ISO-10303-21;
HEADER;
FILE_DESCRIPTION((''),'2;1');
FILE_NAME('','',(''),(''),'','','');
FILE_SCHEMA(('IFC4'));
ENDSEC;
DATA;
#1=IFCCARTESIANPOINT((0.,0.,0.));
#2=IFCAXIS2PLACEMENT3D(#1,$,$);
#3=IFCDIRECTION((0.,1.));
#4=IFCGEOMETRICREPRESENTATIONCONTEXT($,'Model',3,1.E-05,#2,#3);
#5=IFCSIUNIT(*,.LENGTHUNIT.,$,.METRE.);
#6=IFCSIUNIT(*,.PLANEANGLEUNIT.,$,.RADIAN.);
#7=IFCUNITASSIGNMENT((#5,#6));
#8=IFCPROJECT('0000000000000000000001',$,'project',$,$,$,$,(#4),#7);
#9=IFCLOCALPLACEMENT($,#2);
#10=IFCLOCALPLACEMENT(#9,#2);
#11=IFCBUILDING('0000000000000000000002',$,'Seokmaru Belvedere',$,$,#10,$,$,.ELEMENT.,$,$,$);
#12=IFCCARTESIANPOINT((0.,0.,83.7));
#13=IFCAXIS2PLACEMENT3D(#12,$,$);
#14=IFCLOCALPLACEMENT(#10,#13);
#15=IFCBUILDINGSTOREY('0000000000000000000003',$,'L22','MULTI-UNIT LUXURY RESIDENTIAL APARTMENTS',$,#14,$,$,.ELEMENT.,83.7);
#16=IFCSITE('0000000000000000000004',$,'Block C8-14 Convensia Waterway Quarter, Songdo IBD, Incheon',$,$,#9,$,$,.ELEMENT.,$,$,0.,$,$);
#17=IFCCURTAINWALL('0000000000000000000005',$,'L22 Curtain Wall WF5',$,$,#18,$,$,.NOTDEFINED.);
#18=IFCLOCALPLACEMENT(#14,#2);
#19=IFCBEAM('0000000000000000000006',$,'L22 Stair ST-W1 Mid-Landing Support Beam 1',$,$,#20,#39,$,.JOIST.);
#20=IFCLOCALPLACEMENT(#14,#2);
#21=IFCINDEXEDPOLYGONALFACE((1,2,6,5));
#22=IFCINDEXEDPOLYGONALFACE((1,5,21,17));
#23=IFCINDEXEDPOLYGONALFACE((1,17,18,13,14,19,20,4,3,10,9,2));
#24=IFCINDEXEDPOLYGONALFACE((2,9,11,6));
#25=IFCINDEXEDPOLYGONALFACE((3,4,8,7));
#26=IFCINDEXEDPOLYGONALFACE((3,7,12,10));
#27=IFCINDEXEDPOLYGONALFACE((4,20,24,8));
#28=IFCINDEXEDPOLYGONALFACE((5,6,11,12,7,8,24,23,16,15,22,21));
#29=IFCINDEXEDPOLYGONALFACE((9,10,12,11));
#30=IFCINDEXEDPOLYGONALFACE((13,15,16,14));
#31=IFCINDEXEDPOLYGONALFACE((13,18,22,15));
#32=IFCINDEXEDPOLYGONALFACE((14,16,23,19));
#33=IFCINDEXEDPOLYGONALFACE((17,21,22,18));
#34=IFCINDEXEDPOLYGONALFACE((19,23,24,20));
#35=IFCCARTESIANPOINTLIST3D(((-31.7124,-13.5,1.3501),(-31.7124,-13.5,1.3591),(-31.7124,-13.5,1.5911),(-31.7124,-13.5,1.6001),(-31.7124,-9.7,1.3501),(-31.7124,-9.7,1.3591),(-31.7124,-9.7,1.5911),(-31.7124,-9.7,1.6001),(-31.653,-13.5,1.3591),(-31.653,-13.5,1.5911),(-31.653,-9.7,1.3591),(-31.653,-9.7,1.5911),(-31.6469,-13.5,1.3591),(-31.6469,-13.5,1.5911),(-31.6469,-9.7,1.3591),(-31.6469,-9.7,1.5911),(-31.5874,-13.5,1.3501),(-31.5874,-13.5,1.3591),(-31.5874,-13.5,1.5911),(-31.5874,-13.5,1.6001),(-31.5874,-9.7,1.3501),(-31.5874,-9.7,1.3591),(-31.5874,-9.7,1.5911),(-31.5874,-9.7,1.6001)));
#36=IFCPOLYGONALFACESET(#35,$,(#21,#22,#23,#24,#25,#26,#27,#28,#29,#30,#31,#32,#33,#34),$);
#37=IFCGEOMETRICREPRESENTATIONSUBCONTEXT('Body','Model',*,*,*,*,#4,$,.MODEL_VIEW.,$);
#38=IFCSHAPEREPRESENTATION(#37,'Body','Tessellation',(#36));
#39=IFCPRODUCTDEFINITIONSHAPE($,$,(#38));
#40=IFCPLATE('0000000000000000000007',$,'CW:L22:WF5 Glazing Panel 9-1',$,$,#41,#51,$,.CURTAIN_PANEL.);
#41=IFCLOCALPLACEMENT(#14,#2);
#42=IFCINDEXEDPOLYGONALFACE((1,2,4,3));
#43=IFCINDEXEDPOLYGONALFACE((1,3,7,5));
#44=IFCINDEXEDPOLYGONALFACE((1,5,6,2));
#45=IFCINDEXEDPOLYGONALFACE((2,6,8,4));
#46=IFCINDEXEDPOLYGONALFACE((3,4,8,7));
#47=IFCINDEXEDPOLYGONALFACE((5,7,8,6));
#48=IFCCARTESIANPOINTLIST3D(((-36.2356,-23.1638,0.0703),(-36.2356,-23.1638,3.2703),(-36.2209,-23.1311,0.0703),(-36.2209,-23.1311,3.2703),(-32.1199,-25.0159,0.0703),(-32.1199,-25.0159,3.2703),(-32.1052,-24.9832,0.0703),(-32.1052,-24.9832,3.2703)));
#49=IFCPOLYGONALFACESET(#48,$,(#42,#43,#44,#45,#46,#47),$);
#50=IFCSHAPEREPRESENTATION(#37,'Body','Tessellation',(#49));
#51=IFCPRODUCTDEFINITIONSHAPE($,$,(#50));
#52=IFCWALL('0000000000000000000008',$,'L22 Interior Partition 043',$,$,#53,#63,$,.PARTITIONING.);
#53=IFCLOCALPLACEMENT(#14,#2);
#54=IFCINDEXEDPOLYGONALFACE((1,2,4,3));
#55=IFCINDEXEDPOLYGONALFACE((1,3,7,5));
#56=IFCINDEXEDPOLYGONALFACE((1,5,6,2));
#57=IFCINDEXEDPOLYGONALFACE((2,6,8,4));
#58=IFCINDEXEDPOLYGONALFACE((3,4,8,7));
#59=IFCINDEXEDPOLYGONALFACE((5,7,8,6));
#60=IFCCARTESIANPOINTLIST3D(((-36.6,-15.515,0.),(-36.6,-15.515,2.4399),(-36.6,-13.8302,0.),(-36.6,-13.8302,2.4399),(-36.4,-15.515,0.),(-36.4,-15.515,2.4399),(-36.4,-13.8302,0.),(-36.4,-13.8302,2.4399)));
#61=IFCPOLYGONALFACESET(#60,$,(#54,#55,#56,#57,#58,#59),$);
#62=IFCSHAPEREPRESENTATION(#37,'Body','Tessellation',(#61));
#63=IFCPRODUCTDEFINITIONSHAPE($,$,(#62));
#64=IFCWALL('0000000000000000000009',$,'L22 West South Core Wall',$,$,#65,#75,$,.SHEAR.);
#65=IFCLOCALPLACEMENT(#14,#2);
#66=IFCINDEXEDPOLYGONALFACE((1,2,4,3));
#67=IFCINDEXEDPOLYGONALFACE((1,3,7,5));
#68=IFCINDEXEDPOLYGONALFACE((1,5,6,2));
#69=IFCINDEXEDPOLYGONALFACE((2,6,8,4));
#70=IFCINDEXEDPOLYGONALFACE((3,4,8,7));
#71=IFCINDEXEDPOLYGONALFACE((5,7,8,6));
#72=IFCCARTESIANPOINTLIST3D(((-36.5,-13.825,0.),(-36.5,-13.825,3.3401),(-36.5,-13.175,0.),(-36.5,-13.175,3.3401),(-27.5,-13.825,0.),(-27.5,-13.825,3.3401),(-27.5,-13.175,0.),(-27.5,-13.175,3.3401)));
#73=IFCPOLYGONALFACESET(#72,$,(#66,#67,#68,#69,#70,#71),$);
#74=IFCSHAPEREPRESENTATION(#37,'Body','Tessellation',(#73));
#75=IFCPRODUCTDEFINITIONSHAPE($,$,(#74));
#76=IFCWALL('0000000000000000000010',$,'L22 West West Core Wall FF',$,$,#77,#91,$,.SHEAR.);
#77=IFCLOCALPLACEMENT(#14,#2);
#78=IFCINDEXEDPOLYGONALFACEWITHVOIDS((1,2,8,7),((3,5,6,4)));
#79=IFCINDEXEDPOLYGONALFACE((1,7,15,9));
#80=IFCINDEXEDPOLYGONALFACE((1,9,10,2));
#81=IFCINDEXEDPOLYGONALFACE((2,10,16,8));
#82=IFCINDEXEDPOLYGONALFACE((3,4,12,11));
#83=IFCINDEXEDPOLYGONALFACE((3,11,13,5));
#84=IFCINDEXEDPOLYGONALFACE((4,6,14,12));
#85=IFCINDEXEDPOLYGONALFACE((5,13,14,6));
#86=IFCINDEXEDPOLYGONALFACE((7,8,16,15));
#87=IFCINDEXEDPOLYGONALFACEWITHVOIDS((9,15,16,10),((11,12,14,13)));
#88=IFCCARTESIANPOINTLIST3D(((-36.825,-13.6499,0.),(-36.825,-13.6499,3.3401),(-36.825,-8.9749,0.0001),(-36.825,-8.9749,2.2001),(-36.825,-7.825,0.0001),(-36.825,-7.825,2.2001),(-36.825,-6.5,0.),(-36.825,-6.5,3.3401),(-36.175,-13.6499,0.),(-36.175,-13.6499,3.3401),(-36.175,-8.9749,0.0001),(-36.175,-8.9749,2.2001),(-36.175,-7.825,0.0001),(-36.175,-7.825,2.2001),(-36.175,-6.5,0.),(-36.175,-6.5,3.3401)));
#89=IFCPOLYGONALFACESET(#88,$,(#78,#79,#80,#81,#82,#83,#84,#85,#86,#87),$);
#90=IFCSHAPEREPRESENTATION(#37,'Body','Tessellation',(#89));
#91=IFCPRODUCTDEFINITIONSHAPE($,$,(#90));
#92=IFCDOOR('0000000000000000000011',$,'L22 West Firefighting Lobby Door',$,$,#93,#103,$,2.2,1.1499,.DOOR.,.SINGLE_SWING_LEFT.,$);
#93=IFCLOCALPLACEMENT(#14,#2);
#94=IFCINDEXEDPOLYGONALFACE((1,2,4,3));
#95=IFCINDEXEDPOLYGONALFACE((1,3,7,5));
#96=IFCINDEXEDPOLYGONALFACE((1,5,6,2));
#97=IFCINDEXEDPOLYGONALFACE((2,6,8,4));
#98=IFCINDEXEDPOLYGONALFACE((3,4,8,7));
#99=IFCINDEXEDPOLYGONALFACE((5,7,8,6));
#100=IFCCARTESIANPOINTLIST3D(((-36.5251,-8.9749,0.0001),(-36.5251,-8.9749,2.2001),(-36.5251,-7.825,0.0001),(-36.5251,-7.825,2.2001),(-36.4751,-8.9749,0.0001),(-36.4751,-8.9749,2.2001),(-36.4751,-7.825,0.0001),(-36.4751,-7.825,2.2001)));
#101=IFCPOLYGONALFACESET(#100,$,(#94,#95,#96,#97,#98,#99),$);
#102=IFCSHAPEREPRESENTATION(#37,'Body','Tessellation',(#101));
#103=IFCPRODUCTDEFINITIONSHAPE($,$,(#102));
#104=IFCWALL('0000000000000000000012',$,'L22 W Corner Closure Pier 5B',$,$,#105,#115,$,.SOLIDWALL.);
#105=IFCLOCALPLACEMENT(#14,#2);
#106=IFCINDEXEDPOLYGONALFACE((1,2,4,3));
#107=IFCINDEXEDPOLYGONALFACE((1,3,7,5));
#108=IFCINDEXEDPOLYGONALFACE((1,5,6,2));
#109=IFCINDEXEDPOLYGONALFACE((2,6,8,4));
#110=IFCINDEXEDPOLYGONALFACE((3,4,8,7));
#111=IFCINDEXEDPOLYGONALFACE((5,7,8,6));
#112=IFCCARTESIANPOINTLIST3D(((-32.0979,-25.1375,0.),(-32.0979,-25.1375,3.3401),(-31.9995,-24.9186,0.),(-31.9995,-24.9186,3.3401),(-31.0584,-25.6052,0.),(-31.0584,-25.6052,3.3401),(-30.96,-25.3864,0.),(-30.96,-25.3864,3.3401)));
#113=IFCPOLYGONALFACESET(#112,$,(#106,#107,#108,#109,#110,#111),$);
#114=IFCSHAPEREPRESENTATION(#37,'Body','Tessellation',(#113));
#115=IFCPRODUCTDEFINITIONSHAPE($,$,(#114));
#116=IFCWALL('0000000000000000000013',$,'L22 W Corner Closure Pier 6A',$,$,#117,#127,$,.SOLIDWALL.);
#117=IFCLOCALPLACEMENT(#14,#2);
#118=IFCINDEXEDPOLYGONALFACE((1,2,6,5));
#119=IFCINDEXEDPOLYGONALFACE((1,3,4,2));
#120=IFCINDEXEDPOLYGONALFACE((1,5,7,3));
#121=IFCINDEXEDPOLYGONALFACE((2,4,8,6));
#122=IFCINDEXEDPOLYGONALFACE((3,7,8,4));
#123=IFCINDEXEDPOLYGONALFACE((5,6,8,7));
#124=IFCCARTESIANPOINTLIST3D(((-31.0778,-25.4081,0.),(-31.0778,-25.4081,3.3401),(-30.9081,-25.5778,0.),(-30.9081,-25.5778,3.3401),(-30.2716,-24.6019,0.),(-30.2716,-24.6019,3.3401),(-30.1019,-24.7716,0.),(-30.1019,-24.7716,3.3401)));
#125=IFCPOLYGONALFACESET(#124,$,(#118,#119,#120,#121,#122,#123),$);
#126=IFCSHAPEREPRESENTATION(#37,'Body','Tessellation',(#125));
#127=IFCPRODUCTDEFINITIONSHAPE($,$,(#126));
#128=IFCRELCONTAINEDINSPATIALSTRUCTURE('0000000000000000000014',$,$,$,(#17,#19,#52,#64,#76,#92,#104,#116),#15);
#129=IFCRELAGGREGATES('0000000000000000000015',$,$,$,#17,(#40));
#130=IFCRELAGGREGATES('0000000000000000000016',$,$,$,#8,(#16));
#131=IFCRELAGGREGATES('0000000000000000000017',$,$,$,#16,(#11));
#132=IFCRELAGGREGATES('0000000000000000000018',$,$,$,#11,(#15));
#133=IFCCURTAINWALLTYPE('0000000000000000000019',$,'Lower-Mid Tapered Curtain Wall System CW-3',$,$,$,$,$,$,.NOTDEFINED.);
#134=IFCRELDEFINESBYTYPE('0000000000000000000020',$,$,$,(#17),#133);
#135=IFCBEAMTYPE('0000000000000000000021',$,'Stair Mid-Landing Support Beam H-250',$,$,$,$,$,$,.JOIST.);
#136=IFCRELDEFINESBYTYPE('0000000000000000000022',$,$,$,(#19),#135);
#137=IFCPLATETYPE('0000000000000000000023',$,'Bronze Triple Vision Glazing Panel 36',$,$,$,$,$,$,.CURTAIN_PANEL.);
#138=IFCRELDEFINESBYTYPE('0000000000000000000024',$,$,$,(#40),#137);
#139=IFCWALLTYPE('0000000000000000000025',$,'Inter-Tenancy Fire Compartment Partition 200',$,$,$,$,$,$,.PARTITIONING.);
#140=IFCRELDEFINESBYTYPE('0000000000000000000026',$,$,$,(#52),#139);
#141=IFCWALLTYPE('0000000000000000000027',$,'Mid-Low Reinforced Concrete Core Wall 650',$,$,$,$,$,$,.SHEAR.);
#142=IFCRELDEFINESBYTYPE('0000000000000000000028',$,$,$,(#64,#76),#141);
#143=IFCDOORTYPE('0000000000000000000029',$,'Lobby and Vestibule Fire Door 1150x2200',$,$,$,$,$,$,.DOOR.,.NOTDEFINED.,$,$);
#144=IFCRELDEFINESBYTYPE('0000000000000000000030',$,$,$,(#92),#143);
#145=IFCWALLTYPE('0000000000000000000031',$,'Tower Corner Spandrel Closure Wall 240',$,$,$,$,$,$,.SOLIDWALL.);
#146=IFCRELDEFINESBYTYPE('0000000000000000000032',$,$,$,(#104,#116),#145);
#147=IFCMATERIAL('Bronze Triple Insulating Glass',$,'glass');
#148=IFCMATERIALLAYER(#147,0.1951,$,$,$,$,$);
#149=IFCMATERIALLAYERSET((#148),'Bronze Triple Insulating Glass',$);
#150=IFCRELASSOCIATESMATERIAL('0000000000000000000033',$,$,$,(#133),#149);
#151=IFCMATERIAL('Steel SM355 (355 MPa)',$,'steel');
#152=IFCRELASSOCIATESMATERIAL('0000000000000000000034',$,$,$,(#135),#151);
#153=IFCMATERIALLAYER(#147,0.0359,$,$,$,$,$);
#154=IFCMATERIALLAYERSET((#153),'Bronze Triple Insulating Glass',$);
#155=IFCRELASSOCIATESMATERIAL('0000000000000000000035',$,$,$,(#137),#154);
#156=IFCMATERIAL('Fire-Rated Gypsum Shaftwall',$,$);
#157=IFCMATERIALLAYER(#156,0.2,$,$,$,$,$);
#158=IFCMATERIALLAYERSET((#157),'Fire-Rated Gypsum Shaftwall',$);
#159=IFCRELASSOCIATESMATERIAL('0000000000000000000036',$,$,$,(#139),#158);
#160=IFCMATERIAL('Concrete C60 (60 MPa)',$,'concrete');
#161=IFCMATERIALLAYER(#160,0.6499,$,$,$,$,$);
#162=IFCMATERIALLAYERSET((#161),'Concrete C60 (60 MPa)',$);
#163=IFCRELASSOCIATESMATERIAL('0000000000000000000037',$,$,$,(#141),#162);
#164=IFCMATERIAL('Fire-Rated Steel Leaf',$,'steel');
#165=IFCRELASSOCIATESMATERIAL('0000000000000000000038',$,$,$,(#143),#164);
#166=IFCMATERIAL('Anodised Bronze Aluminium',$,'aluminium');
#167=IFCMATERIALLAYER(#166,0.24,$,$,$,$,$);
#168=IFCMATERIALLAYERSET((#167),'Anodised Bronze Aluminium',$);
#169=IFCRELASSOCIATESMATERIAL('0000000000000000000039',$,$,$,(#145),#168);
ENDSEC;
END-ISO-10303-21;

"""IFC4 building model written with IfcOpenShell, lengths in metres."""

from ifc_helpers import new_model, si_unit, direction, frame, frame_2d, origin, origin_2d, place, context, subcontext, project, spatial, rectangle, i_section, extrude, source, transform, mapped, material, layer, layer_set, material_profile, profile_set, type_object, type_shapes, element, fill, aggregate, save


model = new_model("IFC4")

# Units and contexts
model_context = context("Model", 3, precision=1e-05, world=origin(), true_north=direction((0.0, 1.0)))
body_context = subcontext(model_context, "Body", "Model", "MODEL_VIEW")
ifc_project = project(units=[si_unit("LENGTHUNIT", "METRE"), si_unit("PLANEANGLEUNIT", "RADIAN")], contexts=[model_context])

# Site, building, storey
site_placement = place(None, origin())
site = spatial("IfcSite", under=ifc_project, at=site_placement, Name="Block C8-14 Convensia Waterway Quarter, Songdo IBD, Incheon", CompositionType="ELEMENT", RefElevation=0.0)
building_placement = place(site_placement, origin())
building = spatial("IfcBuilding", under=site, at=building_placement, Name="Seokmaru Belvedere", CompositionType="ELEMENT")
storey_placement = place(building_placement, frame((0.0, 0.0, 83.7)))
storey = spatial("IfcBuildingStorey", under=building, at=storey_placement, Name="L22", Description="MULTI-UNIT LUXURY RESIDENTIAL APARTMENTS", CompositionType="ELEMENT", Elevation=83.7)

# Shared definitions
ifc_material_1 = material(Name="Steel SM355 (355 MPa)", Category="steel")

# Curtain wall
ifc_material_2 = material(Name="Bronze Triple Insulating Glass", Category="glass")
ifc_layer_1 = layer(ifc_material_2, 0.1951)
ifc_layer_set_1 = layer_set([ifc_layer_1], Name="Bronze Triple Insulating Glass")
curtain_wall_type = type_object("IfcCurtainWallType", Name="Lower-Mid Tapered Curtain Wall System CW-3", PredefinedType="NOTDEFINED", material=ifc_layer_set_1)
curtain_wall_placement = place(storey_placement, origin())
curtain_wall = element("IfcCurtainWall", 1, at=curtain_wall_placement, inside=storey, type_object=curtain_wall_type, Name="L22 Curtain Wall WF5", PredefinedType="NOTDEFINED")
ifc_material_3 = material(Name="Anodised Bronze Aluminium", Category="aluminium")

# Beam
ifc_material_profile_1 = material_profile(ifc_material_1, i_section(OverallWidth=0.125, OverallDepth=0.25, WebThickness=0.0061, FlangeThickness=0.009, at=origin_2d()), Name="H-250x125x6x9")
ifc_profile_set_1 = profile_set([ifc_material_profile_1], Name="Steel SM355 (355 MPa)")
beam_type_1 = type_object("IfcBeamType", Name="Stair Mid-Landing Support Beam H-250", PredefinedType="JOIST", material=ifc_profile_set_1)
shared_shape_1 = source(origin(), body_context, "Body", "SweptSolid", [
    extrude(i_section(OverallWidth=0.125, OverallDepth=0.25, WebThickness=0.0061, FlangeThickness=0.009, at=origin_2d()), origin(), (0.0, 0.0, 1.0), 3.8),
])
type_shapes(beam_type_1, [shared_shape_1])
beam_1_placement = place(storey_placement, frame((-31.6499, -13.5, 1.4751), z_axis=(0.0, 1.0, 0.0), x_axis=(-1.0, 0.0, 0.0)))
element("IfcBeam", 2, at=beam_1_placement, inside=storey, type_object=beam_type_1, Name="L22 Stair ST-W1 Mid-Landing Support Beam 1", PredefinedType="JOIST", context=body_context, shape_type="MappedRepresentation", body=[
    mapped(shared_shape_1, transform((0.0, 0.0, 0.0), scale=1.0)),
])

# Plate
ifc_layer_2 = layer(ifc_material_2, 0.0359)
ifc_layer_set_2 = layer_set([ifc_layer_2], Name="Bronze Triple Insulating Glass")
plate_type = type_object("IfcPlateType", Name="Bronze Triple Vision Glazing Panel 36", PredefinedType="CURTAIN_PANEL", material=ifc_layer_set_2)
shared_shape_2 = source(origin(), body_context, "Body", "SweptSolid", [
    extrude(rectangle(XDim=4.5132, YDim=0.0359, at=origin_2d()), origin(), (0.0, 0.0, 1.0), 3.2),
])
type_shapes(plate_type, [shared_shape_2])
plate_placement = place(storey_placement, frame((-34.1704, -24.0735, 0.0703), z_axis=(0.0, 0.0, 1.0), x_axis=(0.911921, -0.410366, 0.0)))
plate = element("IfcPlate", 3, at=plate_placement, type_object=plate_type, Name="CW:L22:WF5 Glazing Panel 9-1", PredefinedType="CURTAIN_PANEL", context=body_context, shape_type="MappedRepresentation", body=[
    mapped(shared_shape_2, transform((0.0, 0.0, 0.0), scale=1.0)),
])
aggregate(curtain_wall, [plate])

# Walls
ifc_material_4 = material(Name="Fire-Rated Gypsum Shaftwall")
ifc_layer_3 = layer(ifc_material_4, 0.2)
ifc_layer_set_3 = layer_set([ifc_layer_3], Name="Fire-Rated Gypsum Shaftwall")
wall_type_1 = type_object("IfcWallType", Name="Inter-Tenancy Fire Compartment Partition 200", PredefinedType="PARTITIONING", material=ifc_layer_set_3)
wall_1_placement = place(storey_placement, frame((-36.5, -15.5149, 0.0), z_axis=(0.0, 0.0, 1.0), x_axis=(0.0, 1.0, 0.0)))
element("IfcWall", 4, at=wall_1_placement, inside=storey, type_object=wall_type_1, Name="L22 Interior Partition 043", PredefinedType="PARTITIONING", context=body_context, shape_type="SweptSolid", body=[
    extrude(rectangle(XDim=1.6848, YDim=0.2, at=frame_2d((0.8423, 0.0))), origin(), (0.0, 0.0, 1.0), 2.4399),
])
ifc_material_5 = material(Name="Concrete C60 (60 MPa)", Category="concrete")
ifc_layer_4 = layer(ifc_material_5, 0.6499)
ifc_layer_set_4 = layer_set([ifc_layer_4], Name="Concrete C60 (60 MPa)")
wall_type_2 = type_object("IfcWallType", Name="Mid-Low Reinforced Concrete Core Wall 650", PredefinedType="SHEAR", material=ifc_layer_set_4)
wall_2_placement = place(storey_placement, frame((-36.5, -13.5, 0.0), z_axis=(0.0, 0.0, 1.0), x_axis=(1.0, 0.0, 0.0)))
element("IfcWall", 5, at=wall_2_placement, inside=storey, type_object=wall_type_2, Name="L22 West South Core Wall", PredefinedType="SHEAR", context=body_context, shape_type="SweptSolid", body=[
    extrude(rectangle(XDim=9.0, YDim=0.6499, at=frame_2d((4.5, 0.0))), origin(), (0.0, 0.0, 1.0), 3.3401),
])

# Wall, opening, door
wall_3_placement = place(storey_placement, frame((-36.5, -13.6499, 0.0), z_axis=(0.0, 0.0, 1.0), x_axis=(0.0, 1.0, 0.0)))
wall_3 = element("IfcWall", 6, at=wall_3_placement, inside=storey, type_object=wall_type_2, Name="L22 West West Core Wall FF", PredefinedType="SHEAR", context=body_context, shape_type="SweptSolid", body=[
    extrude(rectangle(XDim=7.1499, YDim=0.6499, at=frame_2d((3.575, 0.0))), origin(), (0.0, 0.0, 1.0), 3.3401),
])
opening_placement = place(wall_3_placement, frame((4.675, 0.0, 0.0)))
opening = element("IfcOpeningElement", 7, at=opening_placement, cuts=wall_3, PredefinedType="OPENING", context=body_context, shape_type="SweptSolid", body=[
    extrude(rectangle(XDim=1.1499, YDim=2.2, at=frame_2d((0.575, 1.1001))), frame((0.0, 0.335, 0.0), z_axis=(0.0, -1.0, 0.0), x_axis=(1.0, 0.0, 0.0)), (0.0, 0.0, 1.0), 0.6699),
])
ifc_material_6 = material(Name="Fire-Rated Steel Leaf", Category="steel")
door_type = type_object("IfcDoorType", Name="Lobby and Vestibule Fire Door 1150x2200", OperationType="NOTDEFINED", PredefinedType="DOOR", material=ifc_material_6)
shared_shape_3 = source(origin(), body_context, "Body", "SweptSolid", [
    extrude(rectangle(XDim=1.1499, YDim=2.2, at=frame_2d((0.575, 1.1001))), frame((0.0, 0.0249, 0.0), z_axis=(0.0, -1.0, 0.0), x_axis=(1.0, 0.0, 0.0)), (0.0, 0.0, 1.0), 0.05),
])
type_shapes(door_type, [shared_shape_3])
door_placement = place(opening_placement, frame((1.1499, 0.0, 0.0), z_axis=(0.0, 0.0, 1.0), x_axis=(-1.0, 0.0, 0.0)))
door = element("IfcDoor", 8, at=door_placement, inside=storey, type_object=door_type, Name="L22 West Firefighting Lobby Door", OperationType="SINGLE_SWING_LEFT", OverallHeight=2.2, OverallWidth=1.1499, PredefinedType="DOOR", context=body_context, shape_type="MappedRepresentation", body=[
    mapped(shared_shape_3, transform((0.0, 0.0, 0.0), scale=1.0)),
])
fill(opening, door)

# Walls
ifc_layer_5 = layer(ifc_material_3, 0.24)
ifc_layer_set_5 = layer_set([ifc_layer_5], Name="Anodised Bronze Aluminium")
wall_type_3 = type_object("IfcWallType", Name="Tower Corner Spandrel Closure Wall 240", PredefinedType="SOLIDWALL", material=ifc_layer_set_5)
wall_4_placement = place(storey_placement, frame((-32.0486, -25.0281, 0.0), z_axis=(0.0, 0.0, 1.0), x_axis=(0.91193, -0.410347, 0.0)))
element("IfcWall", 9, at=wall_4_placement, inside=storey, type_object=wall_type_3, Name="L22 W Corner Closure Pier 5B", PredefinedType="SOLIDWALL", context=body_context, shape_type="SweptSolid", body=[
    extrude(rectangle(XDim=1.1399, YDim=0.24, at=frame_2d((0.5698, 0.0))), origin(), (0.0, 0.0, 1.0), 3.3401),
])
wall_5_placement = place(storey_placement, frame((-30.9929, -25.4929, 0.0), z_axis=(0.0, 0.0, 1.0), x_axis=(0.707107, 0.707107, 0.0)))
element("IfcWall", 10, at=wall_5_placement, inside=storey, type_object=wall_type_3, Name="L22 W Corner Closure Pier 6A", PredefinedType="SOLIDWALL", context=body_context, shape_type="SweptSolid", body=[
    extrude(rectangle(XDim=1.1401, YDim=0.24, at=frame_2d((0.5701, 0.0))), origin(), (0.0, 0.0, 1.0), 3.3401),
])

save(model, "model.ifc")
